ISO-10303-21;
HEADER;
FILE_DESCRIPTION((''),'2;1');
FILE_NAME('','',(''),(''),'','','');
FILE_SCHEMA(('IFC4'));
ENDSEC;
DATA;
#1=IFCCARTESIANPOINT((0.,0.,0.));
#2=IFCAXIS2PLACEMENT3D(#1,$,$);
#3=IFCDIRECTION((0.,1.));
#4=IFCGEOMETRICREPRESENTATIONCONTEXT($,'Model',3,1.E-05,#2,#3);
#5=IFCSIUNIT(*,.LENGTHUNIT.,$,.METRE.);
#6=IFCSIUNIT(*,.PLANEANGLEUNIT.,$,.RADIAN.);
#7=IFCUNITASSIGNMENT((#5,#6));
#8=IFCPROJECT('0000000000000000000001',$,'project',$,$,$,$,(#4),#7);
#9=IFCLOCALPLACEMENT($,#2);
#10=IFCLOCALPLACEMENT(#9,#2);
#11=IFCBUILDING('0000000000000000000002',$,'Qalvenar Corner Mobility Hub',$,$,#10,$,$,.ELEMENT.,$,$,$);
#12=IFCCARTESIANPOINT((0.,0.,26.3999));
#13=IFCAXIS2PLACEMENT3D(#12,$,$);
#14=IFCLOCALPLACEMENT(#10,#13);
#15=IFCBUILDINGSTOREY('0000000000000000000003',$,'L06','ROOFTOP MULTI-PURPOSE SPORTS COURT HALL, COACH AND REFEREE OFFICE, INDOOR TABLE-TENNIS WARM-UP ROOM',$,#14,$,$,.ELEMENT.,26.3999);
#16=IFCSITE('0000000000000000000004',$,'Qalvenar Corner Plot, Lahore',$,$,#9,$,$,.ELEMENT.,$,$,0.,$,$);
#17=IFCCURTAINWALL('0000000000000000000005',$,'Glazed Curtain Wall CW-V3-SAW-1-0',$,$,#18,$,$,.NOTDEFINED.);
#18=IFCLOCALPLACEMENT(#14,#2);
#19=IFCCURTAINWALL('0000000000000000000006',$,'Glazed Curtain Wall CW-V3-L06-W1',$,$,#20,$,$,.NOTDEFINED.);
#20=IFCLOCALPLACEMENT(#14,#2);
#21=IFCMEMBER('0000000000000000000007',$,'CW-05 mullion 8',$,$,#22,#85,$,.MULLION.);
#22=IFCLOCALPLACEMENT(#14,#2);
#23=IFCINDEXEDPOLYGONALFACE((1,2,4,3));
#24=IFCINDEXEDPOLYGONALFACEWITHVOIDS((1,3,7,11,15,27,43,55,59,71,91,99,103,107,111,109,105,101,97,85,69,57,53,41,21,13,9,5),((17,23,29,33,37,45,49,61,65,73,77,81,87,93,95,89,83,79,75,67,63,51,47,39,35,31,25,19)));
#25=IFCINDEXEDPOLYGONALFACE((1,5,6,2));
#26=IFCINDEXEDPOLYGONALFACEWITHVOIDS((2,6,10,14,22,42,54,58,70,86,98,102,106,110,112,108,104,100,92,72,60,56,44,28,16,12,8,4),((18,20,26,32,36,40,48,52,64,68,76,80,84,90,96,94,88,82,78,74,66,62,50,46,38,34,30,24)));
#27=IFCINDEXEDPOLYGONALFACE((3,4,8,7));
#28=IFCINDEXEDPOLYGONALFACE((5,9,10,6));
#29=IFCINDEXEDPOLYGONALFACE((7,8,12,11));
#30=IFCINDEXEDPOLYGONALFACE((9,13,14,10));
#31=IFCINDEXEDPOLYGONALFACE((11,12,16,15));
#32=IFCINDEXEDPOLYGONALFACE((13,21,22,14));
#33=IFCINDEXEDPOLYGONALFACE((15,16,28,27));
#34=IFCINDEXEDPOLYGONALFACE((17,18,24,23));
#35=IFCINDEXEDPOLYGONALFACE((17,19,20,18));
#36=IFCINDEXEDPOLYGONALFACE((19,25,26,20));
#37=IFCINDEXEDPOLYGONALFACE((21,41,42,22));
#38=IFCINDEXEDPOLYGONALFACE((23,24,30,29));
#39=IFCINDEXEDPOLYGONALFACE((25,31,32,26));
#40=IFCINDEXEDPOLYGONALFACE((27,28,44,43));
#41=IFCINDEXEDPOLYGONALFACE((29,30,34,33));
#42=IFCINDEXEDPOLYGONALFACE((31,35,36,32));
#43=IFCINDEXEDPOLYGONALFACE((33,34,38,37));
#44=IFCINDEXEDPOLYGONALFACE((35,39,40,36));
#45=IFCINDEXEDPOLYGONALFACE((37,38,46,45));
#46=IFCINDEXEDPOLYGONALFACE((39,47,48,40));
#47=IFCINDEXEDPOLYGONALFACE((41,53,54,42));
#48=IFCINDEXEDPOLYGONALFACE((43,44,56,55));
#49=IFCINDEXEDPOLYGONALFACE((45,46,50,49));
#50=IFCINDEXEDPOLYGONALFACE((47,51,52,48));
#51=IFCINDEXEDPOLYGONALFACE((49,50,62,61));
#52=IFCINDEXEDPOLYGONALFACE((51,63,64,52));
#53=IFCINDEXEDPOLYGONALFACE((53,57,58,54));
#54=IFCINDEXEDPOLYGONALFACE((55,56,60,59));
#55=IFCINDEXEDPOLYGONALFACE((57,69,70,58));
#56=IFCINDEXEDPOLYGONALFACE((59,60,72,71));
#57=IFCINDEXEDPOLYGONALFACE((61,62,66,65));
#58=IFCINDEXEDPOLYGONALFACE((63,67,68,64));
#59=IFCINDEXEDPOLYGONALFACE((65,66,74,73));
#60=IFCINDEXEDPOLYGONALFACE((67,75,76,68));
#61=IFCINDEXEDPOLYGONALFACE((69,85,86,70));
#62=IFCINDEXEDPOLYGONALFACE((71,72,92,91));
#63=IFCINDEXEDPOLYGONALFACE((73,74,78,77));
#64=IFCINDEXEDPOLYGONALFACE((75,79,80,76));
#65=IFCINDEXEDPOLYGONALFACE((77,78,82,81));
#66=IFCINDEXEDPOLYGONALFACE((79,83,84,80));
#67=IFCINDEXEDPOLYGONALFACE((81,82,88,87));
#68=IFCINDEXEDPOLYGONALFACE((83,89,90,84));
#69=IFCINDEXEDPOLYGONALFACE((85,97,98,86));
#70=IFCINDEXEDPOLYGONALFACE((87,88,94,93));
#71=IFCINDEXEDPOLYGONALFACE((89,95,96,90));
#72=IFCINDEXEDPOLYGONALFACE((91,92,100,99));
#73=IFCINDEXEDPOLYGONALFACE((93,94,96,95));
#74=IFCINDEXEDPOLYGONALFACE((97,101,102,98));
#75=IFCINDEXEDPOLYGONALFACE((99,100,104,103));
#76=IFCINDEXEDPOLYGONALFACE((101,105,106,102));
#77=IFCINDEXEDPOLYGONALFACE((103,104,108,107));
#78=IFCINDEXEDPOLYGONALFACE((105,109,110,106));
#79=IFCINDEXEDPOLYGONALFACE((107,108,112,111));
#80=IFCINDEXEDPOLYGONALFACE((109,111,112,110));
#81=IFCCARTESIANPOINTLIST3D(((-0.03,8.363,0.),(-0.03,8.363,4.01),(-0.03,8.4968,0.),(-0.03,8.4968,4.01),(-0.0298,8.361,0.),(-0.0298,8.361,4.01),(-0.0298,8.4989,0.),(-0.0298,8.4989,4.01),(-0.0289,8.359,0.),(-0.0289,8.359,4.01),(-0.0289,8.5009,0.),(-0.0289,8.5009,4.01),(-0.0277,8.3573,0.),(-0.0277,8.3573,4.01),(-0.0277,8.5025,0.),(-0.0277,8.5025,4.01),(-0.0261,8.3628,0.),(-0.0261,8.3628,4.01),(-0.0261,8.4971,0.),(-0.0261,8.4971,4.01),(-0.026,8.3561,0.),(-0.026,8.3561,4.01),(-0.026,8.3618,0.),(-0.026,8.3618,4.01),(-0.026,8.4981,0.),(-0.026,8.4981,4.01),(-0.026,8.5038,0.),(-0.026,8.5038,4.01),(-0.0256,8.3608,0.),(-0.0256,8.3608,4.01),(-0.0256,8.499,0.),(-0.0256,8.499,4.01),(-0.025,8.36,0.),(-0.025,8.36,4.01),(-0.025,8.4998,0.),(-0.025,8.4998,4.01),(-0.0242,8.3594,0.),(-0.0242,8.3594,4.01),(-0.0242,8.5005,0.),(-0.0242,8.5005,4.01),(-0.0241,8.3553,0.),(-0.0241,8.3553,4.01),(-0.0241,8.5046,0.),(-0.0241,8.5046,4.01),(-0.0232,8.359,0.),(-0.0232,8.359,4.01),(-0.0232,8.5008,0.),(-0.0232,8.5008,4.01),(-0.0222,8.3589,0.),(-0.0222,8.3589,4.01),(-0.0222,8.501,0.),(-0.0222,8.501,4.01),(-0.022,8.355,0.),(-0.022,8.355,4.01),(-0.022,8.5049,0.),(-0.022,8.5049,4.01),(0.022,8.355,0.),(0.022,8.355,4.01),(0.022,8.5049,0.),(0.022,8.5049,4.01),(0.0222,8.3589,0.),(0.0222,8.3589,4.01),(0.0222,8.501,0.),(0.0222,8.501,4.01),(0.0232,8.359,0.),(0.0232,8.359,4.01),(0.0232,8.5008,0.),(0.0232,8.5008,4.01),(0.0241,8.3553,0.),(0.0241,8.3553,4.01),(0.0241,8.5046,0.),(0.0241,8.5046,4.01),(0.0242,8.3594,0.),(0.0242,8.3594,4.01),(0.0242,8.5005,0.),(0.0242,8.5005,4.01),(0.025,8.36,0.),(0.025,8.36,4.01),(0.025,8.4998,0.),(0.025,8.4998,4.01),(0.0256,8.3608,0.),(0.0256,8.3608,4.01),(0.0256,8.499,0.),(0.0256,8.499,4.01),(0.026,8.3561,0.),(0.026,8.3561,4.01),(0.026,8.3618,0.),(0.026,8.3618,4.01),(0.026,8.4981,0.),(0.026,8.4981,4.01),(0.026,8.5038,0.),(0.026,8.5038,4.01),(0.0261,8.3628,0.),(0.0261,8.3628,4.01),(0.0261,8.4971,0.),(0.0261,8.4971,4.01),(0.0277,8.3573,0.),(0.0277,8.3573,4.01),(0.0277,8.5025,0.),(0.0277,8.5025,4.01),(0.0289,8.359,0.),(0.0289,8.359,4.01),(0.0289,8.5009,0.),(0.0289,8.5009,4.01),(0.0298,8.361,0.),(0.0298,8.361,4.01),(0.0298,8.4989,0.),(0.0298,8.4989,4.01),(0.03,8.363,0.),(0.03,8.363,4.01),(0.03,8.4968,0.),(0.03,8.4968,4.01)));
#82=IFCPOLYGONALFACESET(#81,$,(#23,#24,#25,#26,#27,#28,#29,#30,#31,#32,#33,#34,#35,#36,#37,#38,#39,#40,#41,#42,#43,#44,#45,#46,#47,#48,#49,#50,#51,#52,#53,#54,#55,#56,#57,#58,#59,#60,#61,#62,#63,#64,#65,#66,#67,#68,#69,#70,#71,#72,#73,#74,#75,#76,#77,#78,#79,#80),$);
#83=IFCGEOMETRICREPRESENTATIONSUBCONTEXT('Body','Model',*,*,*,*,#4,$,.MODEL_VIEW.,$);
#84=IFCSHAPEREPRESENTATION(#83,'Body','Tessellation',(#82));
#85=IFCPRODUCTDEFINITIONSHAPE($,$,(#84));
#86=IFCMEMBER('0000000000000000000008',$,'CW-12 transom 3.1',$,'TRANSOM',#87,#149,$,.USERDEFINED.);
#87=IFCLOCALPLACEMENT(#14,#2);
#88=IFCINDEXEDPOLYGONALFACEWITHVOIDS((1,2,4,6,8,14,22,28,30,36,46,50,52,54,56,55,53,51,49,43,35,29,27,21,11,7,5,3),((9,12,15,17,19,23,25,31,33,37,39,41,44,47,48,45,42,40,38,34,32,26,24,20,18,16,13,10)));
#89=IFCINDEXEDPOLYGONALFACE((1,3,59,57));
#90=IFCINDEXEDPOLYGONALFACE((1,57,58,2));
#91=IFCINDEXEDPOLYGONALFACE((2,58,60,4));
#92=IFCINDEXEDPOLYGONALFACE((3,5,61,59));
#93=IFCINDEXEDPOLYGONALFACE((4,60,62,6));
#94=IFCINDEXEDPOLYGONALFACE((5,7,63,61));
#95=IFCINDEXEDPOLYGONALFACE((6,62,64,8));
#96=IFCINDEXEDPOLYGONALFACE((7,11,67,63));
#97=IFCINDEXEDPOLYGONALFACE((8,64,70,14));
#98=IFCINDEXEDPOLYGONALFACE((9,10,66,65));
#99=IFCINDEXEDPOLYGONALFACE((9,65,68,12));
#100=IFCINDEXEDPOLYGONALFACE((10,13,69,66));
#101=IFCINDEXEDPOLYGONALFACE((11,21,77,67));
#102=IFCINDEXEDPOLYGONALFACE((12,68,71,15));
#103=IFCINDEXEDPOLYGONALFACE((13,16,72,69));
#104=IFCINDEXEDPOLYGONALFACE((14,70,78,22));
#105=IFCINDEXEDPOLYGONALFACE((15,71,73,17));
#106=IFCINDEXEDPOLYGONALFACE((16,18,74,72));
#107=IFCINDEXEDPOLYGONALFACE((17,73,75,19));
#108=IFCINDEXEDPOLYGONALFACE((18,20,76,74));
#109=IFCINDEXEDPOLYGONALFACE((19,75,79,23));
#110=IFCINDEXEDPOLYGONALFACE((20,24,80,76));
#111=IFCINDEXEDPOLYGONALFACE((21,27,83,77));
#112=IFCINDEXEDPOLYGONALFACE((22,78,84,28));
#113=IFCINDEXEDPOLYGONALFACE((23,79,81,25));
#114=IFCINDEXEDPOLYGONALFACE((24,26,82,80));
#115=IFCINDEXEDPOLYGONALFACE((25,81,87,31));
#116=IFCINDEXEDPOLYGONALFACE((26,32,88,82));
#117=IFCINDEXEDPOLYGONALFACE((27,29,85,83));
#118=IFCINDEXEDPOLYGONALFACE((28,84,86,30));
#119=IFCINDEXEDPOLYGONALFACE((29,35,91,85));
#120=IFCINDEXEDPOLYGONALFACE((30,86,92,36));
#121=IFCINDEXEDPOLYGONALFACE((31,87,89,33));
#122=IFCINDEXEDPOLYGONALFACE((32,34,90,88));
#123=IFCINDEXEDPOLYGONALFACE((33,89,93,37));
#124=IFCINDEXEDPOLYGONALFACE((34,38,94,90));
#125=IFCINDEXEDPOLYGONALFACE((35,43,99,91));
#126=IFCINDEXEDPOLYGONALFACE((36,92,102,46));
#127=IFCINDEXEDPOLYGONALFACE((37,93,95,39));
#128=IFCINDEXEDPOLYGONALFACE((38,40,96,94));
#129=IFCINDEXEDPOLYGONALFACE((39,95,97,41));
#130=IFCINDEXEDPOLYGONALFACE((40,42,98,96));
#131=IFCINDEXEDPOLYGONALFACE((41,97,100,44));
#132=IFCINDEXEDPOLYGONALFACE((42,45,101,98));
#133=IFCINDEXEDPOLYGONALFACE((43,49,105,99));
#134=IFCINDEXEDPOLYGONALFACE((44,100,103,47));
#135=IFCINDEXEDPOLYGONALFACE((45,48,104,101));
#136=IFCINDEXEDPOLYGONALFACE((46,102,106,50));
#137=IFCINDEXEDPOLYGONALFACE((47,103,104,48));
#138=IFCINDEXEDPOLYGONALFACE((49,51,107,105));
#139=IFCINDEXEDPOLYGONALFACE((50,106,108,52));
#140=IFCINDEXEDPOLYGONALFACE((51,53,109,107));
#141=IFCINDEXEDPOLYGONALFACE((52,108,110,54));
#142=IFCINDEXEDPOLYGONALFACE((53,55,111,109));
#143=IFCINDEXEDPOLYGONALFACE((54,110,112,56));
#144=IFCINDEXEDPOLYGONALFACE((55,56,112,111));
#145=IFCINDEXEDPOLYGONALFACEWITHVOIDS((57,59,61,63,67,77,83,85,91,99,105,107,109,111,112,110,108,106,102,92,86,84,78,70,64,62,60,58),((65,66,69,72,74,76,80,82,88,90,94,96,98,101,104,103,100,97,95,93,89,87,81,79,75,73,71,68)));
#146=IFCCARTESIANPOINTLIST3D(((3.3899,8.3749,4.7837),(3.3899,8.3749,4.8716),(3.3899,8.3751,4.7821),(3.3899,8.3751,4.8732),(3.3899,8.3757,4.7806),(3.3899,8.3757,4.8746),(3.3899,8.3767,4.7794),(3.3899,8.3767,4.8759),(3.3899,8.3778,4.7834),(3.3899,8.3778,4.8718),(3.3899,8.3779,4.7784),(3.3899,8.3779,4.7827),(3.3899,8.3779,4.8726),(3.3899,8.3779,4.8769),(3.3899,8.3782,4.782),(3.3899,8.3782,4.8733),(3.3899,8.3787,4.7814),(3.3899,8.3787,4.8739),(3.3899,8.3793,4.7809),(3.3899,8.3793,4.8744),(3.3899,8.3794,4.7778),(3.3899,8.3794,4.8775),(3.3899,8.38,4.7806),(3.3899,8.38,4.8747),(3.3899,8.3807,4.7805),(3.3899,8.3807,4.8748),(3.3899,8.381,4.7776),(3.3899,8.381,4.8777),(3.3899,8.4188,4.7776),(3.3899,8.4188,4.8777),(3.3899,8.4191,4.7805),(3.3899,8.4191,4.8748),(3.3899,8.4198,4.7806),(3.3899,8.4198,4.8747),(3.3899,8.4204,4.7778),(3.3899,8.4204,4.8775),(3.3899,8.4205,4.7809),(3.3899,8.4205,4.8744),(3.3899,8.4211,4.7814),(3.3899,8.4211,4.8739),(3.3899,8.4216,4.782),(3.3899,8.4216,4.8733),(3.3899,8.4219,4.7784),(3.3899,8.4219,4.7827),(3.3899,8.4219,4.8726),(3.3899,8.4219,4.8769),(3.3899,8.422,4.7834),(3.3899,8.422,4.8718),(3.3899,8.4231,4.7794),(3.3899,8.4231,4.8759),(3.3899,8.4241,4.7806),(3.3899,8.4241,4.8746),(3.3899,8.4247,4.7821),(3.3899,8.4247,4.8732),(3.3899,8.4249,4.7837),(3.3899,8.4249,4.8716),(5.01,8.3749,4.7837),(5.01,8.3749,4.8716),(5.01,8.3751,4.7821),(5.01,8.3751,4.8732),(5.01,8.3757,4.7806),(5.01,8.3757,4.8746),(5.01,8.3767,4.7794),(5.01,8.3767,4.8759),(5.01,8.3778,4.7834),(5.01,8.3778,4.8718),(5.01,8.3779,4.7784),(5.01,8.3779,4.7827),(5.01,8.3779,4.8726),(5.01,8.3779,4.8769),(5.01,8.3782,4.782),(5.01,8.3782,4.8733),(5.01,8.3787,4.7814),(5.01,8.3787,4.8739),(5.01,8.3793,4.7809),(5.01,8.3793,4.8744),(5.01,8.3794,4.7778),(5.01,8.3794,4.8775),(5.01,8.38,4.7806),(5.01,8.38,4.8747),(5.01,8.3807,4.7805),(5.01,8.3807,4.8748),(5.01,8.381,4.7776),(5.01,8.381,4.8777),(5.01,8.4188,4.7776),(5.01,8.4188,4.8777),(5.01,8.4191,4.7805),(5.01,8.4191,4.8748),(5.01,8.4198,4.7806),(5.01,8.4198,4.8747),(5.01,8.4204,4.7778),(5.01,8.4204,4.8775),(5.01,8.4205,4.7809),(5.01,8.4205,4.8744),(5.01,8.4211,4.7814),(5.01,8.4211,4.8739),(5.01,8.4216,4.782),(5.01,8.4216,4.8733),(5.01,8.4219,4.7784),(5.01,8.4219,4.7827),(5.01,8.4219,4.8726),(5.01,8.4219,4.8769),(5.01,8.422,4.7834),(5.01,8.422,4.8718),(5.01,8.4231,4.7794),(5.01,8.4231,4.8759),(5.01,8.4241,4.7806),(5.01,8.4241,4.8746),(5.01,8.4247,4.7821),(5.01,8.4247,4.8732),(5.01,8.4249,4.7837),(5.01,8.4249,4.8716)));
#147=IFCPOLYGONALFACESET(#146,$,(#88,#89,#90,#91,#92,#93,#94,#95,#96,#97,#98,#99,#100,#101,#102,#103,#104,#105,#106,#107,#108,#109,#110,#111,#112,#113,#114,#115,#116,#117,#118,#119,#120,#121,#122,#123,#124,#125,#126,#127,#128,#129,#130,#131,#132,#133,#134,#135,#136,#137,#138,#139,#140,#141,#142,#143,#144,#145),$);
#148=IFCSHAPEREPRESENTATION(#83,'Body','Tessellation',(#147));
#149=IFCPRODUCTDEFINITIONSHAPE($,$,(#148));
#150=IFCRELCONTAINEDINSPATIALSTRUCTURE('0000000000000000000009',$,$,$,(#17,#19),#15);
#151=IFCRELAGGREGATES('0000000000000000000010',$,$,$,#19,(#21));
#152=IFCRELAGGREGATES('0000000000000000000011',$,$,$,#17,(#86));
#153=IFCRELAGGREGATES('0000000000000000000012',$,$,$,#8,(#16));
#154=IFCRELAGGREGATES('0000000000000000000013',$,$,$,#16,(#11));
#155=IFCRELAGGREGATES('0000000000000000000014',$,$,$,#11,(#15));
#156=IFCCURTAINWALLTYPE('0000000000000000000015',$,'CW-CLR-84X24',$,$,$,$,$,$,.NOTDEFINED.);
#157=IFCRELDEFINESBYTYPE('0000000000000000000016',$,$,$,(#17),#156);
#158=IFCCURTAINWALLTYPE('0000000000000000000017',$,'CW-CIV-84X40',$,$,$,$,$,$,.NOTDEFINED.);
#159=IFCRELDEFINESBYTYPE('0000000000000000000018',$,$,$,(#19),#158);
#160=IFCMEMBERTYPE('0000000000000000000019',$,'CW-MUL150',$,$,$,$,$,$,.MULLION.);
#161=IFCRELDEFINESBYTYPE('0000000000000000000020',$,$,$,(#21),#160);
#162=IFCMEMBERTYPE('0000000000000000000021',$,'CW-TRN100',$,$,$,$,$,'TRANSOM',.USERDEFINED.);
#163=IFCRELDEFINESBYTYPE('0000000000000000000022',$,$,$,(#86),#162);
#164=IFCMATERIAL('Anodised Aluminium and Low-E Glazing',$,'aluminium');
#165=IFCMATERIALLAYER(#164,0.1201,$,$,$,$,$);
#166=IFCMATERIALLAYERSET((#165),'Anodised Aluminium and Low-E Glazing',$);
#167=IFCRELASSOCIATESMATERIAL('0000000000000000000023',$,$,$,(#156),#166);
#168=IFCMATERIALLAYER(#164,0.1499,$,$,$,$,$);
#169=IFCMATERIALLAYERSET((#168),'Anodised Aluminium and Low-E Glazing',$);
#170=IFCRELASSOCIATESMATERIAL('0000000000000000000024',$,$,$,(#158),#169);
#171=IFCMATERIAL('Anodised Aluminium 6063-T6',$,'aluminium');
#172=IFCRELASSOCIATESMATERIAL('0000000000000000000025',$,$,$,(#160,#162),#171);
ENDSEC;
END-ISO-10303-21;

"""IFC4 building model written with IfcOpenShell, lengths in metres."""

from ifc_helpers import new_model, si_unit, direction, frame, origin, origin_2d, place, context, subcontext, project, spatial, hollow_rectangle, extrude, material, layer, layer_set, material_profile, profile_set, type_object, element, aggregate, save


model = new_model("IFC4")

# Units and contexts
model_context = context("Model", 3, precision=1e-05, world=origin(), true_north=direction((0.0, 1.0)))
body_context = subcontext(model_context, "Body", "Model", "MODEL_VIEW")
ifc_project = project(units=[si_unit("LENGTHUNIT", "METRE"), si_unit("PLANEANGLEUNIT", "RADIAN")], contexts=[model_context])

# Site, building, storey
site_placement = place(None, origin())
site = spatial("IfcSite", under=ifc_project, at=site_placement, Name="Qalvenar Corner Plot, Lahore", CompositionType="ELEMENT", RefElevation=0.0)
building_placement = place(site_placement, origin())
building = spatial("IfcBuilding", under=site, at=building_placement, Name="Qalvenar Corner Mobility Hub", CompositionType="ELEMENT")
storey_placement = place(building_placement, frame((0.0, 0.0, 26.3999)))
storey = spatial("IfcBuildingStorey", under=building, at=storey_placement, Name="L06", Description="ROOFTOP MULTI-PURPOSE SPORTS COURT HALL, COACH AND REFEREE OFFICE, INDOOR TABLE-TENNIS WARM-UP ROOM", CompositionType="ELEMENT", Elevation=26.3999)

# Curtain walls, member
ifc_material_1 = material(Name="Anodised Aluminium and Low-E Glazing", Category="aluminium")
ifc_layer_1 = layer(ifc_material_1, 0.1201)
ifc_layer_set_1 = layer_set([ifc_layer_1], Name="Anodised Aluminium and Low-E Glazing")
curtain_wall_type_1 = type_object("IfcCurtainWallType", Name="CW-CLR-84X24", PredefinedType="NOTDEFINED", material=ifc_layer_set_1)
curtain_wall_1_placement = place(storey_placement, origin())
curtain_wall_1 = element("IfcCurtainWall", 1, at=curtain_wall_1_placement, inside=storey, type_object=curtain_wall_type_1, Name="Glazed Curtain Wall CW-V3-SAW-1-0", PredefinedType="NOTDEFINED")
ifc_material_2 = material(Name="Anodised Aluminium 6063-T6", Category="aluminium")
ifc_layer_2 = layer(ifc_material_1, 0.1499)
ifc_layer_set_2 = layer_set([ifc_layer_2], Name="Anodised Aluminium and Low-E Glazing")
curtain_wall_type_2 = type_object("IfcCurtainWallType", Name="CW-CIV-84X40", PredefinedType="NOTDEFINED", material=ifc_layer_set_2)
curtain_wall_2_placement = place(storey_placement, origin())
curtain_wall_2 = element("IfcCurtainWall", 2, at=curtain_wall_2_placement, inside=storey, type_object=curtain_wall_type_2, Name="Glazed Curtain Wall CW-V3-L06-W1", PredefinedType="NOTDEFINED")
ifc_material_profile_1 = material_profile(ifc_material_2, hollow_rectangle(XDim=0.0601, YDim=0.1499, WallThickness=0.0039, InnerFilletRadius=0.0039, OuterFilletRadius=0.0081, at=origin_2d()), Name="RHS150x60x4")
ifc_profile_set_1 = profile_set([ifc_material_profile_1], Name="Anodised Aluminium 6063-T6")
member_type_1 = type_object("IfcMemberType", Name="CW-MUL150", PredefinedType="MULLION", material=ifc_profile_set_1)
member_1_placement = place(storey_placement, frame((0.0, 8.4299, 0.0), z_axis=(0.0, 0.0, 1.0), x_axis=(1.0, 0.0, 0.0)))
member_1 = element("IfcMember", 3, at=member_1_placement, type_object=member_type_1, Name="CW-05 mullion 8", PredefinedType="MULLION", context=body_context, shape_type="SweptSolid", body=[
    extrude(hollow_rectangle(XDim=0.0601, YDim=0.1499, WallThickness=0.0039, InnerFilletRadius=0.0039, OuterFilletRadius=0.0081, at=origin_2d()), origin(), (0.0, 0.0, 1.0), 4.01),
])

# Member
ifc_material_profile_2 = material_profile(ifc_material_2, hollow_rectangle(XDim=0.05, YDim=0.1001, WallThickness=0.0029, InnerFilletRadius=0.0029, OuterFilletRadius=0.0061, at=origin_2d()), Name="RHS100x50x3")
ifc_profile_set_2 = profile_set([ifc_material_profile_2], Name="Anodised Aluminium 6063-T6")
member_type_2 = type_object("IfcMemberType", Name="CW-TRN100", ElementType="TRANSOM", PredefinedType="USERDEFINED", material=ifc_profile_set_2)
member_2_placement = place(storey_placement, frame((5.01, 8.3999, 4.8276), z_axis=(-1.0, 0.0, 0.0), x_axis=(0.0, -1.0, 0.0)))
member_2 = element("IfcMember", 4, at=member_2_placement, type_object=member_type_2, Name="CW-12 transom 3.1", ObjectType="TRANSOM", PredefinedType="USERDEFINED", context=body_context, shape_type="SweptSolid", body=[
    extrude(hollow_rectangle(XDim=0.05, YDim=0.1001, WallThickness=0.0029, InnerFilletRadius=0.0029, OuterFilletRadius=0.0061, at=origin_2d()), origin(), (0.0, 0.0, 1.0), 1.6201),
])

aggregate(curtain_wall_2, [member_1])
aggregate(curtain_wall_1, [member_2])

save(model, "model.ifc")
